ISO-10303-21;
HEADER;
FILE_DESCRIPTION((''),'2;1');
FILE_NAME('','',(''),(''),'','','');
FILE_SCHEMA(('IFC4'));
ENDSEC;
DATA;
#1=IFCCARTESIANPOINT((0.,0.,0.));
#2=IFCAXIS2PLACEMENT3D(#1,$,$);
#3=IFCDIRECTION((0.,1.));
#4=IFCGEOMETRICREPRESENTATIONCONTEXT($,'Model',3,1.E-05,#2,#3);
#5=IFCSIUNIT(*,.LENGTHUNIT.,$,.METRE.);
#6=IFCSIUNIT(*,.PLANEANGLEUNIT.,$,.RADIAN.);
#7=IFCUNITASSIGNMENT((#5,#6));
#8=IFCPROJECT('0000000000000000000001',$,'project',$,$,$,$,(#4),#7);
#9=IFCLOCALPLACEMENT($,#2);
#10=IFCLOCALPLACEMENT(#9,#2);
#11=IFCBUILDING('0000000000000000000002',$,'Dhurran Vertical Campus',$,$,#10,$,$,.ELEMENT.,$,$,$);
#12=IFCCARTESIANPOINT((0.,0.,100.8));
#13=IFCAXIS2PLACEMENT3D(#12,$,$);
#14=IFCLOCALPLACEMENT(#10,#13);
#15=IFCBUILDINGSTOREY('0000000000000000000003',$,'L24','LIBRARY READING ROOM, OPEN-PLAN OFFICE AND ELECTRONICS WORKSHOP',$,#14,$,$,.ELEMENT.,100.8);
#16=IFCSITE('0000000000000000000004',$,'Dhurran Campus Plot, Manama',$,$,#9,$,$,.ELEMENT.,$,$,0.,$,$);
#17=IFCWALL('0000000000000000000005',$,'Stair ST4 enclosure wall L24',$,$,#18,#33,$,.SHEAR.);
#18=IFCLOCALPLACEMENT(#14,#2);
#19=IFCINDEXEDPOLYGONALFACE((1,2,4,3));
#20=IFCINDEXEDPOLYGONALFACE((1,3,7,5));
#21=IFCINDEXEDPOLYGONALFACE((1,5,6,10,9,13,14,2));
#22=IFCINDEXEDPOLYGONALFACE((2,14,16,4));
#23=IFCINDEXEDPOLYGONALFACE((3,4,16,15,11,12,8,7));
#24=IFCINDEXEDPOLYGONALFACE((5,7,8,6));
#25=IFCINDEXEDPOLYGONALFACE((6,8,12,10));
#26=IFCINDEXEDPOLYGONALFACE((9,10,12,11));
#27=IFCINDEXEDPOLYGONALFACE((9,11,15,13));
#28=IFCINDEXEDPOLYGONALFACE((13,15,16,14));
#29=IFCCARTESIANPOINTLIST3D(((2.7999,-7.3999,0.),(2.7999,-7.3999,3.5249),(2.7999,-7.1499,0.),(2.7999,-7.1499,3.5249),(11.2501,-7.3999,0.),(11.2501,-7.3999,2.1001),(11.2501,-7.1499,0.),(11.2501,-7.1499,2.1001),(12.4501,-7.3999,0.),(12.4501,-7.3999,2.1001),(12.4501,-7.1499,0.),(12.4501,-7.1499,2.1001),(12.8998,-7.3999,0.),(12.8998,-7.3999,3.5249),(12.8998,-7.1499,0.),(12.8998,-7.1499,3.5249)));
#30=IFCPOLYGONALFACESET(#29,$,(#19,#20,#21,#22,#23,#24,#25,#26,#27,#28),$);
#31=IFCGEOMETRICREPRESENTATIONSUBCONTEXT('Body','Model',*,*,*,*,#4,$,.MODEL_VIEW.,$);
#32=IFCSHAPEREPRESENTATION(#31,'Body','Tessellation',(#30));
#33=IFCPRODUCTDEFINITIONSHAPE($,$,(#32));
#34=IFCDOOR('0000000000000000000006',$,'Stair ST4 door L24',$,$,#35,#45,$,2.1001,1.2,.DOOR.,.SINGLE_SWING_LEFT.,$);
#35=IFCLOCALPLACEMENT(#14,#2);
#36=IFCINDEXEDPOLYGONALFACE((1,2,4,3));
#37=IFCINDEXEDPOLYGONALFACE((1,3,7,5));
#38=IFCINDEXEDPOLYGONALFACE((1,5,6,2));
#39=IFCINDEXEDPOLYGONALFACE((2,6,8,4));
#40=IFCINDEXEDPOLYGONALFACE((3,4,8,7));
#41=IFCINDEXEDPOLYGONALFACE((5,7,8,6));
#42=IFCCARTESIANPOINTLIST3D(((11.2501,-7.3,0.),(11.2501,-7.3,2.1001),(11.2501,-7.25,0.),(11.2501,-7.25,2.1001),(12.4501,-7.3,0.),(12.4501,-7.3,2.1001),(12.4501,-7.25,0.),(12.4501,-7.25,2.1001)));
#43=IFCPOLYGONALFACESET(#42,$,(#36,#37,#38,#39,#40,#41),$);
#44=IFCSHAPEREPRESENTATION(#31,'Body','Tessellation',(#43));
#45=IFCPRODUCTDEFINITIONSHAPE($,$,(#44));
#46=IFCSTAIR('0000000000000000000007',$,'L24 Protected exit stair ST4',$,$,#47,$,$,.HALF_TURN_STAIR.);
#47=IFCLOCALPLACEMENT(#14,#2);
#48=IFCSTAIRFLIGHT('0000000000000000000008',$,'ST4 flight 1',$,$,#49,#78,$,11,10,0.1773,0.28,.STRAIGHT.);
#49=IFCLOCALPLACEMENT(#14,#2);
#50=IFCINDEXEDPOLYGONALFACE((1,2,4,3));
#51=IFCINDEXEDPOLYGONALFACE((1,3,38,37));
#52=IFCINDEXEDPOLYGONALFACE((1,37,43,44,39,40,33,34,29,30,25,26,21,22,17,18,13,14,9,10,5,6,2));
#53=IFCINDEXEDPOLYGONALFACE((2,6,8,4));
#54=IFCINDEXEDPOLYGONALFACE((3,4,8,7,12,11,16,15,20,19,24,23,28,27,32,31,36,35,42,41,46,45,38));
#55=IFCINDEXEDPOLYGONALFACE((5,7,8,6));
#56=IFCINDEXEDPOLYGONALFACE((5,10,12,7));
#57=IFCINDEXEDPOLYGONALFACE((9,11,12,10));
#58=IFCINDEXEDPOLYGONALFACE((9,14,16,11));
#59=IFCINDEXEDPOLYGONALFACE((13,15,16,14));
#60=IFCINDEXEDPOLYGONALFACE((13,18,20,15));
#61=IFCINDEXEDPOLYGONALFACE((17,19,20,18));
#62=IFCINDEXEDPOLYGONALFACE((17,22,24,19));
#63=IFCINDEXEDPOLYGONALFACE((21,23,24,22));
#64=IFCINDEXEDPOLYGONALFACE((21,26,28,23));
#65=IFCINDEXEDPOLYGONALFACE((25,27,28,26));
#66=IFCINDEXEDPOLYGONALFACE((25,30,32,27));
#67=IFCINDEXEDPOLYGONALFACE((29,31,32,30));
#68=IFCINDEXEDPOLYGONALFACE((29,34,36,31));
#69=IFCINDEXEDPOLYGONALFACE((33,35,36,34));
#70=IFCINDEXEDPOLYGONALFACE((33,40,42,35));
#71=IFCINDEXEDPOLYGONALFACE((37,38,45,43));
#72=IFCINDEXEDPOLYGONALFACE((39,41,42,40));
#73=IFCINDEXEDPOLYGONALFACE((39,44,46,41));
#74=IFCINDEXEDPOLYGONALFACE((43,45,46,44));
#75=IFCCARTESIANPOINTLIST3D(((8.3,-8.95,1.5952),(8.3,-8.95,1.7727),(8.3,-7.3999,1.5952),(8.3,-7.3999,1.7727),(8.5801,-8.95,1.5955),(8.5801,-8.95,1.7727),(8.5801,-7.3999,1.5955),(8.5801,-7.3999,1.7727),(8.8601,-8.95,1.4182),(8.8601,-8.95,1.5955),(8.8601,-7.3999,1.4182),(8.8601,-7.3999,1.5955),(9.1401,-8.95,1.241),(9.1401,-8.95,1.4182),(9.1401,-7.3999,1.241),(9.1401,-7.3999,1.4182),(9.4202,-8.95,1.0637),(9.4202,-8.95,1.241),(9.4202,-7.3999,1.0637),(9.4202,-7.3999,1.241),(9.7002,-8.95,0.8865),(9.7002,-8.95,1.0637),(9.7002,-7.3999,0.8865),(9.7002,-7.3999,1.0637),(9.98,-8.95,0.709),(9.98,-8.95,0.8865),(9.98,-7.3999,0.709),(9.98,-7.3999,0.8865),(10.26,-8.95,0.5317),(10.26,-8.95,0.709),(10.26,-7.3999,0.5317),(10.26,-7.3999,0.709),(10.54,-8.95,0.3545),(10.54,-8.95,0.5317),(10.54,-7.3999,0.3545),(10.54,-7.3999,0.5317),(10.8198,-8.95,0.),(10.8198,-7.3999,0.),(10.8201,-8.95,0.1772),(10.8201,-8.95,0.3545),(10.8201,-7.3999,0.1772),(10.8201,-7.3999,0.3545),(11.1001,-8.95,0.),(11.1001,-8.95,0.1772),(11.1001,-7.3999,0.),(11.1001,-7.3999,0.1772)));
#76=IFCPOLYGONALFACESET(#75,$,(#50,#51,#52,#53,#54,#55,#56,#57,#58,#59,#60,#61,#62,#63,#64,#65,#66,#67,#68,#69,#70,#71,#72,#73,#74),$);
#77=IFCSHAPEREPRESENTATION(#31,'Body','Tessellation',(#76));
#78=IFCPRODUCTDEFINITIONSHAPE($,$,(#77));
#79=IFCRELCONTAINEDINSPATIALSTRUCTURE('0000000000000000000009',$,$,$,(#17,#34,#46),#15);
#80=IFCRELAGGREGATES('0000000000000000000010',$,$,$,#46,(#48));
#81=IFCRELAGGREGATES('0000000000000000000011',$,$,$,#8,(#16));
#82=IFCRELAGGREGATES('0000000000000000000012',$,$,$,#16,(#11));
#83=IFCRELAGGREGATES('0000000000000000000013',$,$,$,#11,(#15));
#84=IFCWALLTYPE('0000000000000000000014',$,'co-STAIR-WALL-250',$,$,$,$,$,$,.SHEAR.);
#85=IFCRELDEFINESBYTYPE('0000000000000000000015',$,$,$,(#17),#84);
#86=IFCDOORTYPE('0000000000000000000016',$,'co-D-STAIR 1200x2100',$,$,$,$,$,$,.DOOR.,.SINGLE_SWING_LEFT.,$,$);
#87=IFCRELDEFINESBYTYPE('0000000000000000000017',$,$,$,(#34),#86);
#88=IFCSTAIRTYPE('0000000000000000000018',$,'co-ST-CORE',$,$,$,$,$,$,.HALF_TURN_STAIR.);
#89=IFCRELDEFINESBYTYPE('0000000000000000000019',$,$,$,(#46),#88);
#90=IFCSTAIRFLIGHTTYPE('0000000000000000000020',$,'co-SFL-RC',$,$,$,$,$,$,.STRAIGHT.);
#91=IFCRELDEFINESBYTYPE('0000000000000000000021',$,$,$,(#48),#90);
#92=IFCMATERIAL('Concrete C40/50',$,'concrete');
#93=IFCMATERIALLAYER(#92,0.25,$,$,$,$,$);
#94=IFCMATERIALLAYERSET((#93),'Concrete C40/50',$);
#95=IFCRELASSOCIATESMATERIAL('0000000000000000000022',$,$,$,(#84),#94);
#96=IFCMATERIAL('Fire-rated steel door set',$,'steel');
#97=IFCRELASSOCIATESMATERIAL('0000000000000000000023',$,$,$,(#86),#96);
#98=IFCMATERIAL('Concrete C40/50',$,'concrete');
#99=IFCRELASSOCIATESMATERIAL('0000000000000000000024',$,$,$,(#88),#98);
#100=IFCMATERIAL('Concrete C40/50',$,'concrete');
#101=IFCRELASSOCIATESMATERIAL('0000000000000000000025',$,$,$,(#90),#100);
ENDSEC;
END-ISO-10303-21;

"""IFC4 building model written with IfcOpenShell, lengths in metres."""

from ifc_helpers import new_model, si_unit, direction, frame, frame_2d, origin, place, context, subcontext, project, spatial, polyline, rectangle, outline, extrude, material, layer, layer_set, type_object, element, fill, aggregate, save


model = new_model("IFC4")

# Units and contexts
model_context = context("Model", 3, precision=1e-05, world=origin(), true_north=direction((0.0, 1.0)))
body_context = subcontext(model_context, "Body", "Model", "MODEL_VIEW")
ifc_project = project(units=[si_unit("LENGTHUNIT", "METRE"), si_unit("PLANEANGLEUNIT", "RADIAN")], contexts=[model_context])

# Site, building, storey
site_placement = place(None, origin())
site = spatial("IfcSite", under=ifc_project, at=site_placement, Name="Dhurran Campus Plot, Manama", CompositionType="ELEMENT", RefElevation=0.0)
building_placement = place(site_placement, origin())
building = spatial("IfcBuilding", under=site, at=building_placement, Name="Dhurran Vertical Campus", CompositionType="ELEMENT")
storey_placement = place(building_placement, frame((0.0, 0.0, 100.8)))
storey = spatial("IfcBuildingStorey", under=building, at=storey_placement, Name="L24", Description="LIBRARY READING ROOM, OPEN-PLAN OFFICE AND ELECTRONICS WORKSHOP", CompositionType="ELEMENT", Elevation=100.8)

# Wall, opening, door
ifc_material_1 = material(Name="Concrete C40/50", Category="concrete")
ifc_layer_1 = layer(ifc_material_1, 0.25)
ifc_layer_set_1 = layer_set([ifc_layer_1], Name="Concrete C40/50")
wall_type_1 = type_object("IfcWallType", Name="co-STAIR-WALL-250", PredefinedType="SHEAR", material=ifc_layer_set_1)
wall_1_placement = place(storey_placement, frame((2.8, -7.2749, 0.0), z_axis=(0.0, 0.0, 1.0), x_axis=(1.0, 0.0, 0.0)))
wall_1 = element("IfcWall", 1, at=wall_1_placement, inside=storey, type_object=wall_type_1, Name="Stair ST4 enclosure wall L24", PredefinedType="SHEAR", context=body_context, shape_type="SweptSolid", body=[
    extrude(rectangle(XDim=10.0999, YDim=0.25, at=frame_2d((5.0498, 0.0))), origin(), (0.0, 0.0, 1.0), 3.5249),
])
opening_1_placement = place(wall_1_placement, frame((8.45, 0.0, 0.0)))
opening_1 = element("IfcOpeningElement", 2, at=opening_1_placement, cuts=wall_1, PredefinedType="OPENING", context=body_context, shape_type="SweptSolid", body=[
    extrude(rectangle(XDim=1.2, YDim=2.1001, at=frame_2d((0.6001, 1.05))), frame((0.0, 0.135, 0.0), z_axis=(0.0, -1.0, 0.0), x_axis=(1.0, 0.0, 0.0)), (0.0, 0.0, 1.0), 0.27),
])
ifc_material_2 = material(Name="Fire-rated steel door set", Category="steel")
door_type_1 = type_object("IfcDoorType", Name="co-D-STAIR 1200x2100", OperationType="SINGLE_SWING_LEFT", PredefinedType="DOOR", material=ifc_material_2)
door_1_placement = place(opening_1_placement, origin())
door_1 = element("IfcDoor", 3, at=door_1_placement, inside=storey, type_object=door_type_1, Name="Stair ST4 door L24", OperationType="SINGLE_SWING_LEFT", OverallHeight=2.1001, OverallWidth=1.2, PredefinedType="DOOR", context=body_context, shape_type="SweptSolid", body=[
    extrude(rectangle(XDim=1.2, YDim=2.1001, at=frame_2d((0.6001, 1.05))), frame((0.0, 0.0249, 0.0), z_axis=(0.0, -1.0, 0.0), x_axis=(1.0, 0.0, 0.0)), (0.0, 0.0, 1.0), 0.05),
])
fill(opening_1, door_1)

# Stair, stair flight
ifc_material_3 = material(Name="Concrete C40/50", Category="concrete")
stair_type = type_object("IfcStairType", Name="co-ST-CORE", PredefinedType="HALF_TURN_STAIR", material=ifc_material_3)
stair_placement = place(storey_placement, origin())
stair = element("IfcStair", 4, at=stair_placement, inside=storey, type_object=stair_type, Name="L24 Protected exit stair ST4", PredefinedType="HALF_TURN_STAIR")
ifc_material_4 = material(Name="Concrete C40/50", Category="concrete")
stair_flight_type = type_object("IfcStairFlightType", Name="co-SFL-RC", PredefinedType="STRAIGHT", material=ifc_material_4)
stair_flight_placement = place(storey_placement, frame((11.1001, -8.175, 0.0), z_axis=(0.0, 0.0, 1.0), x_axis=(-1.0, 0.0, 0.0)))
stair_flight = element("IfcStairFlight", 5, at=stair_flight_placement, type_object=stair_flight_type, Name="ST4 flight 1", NumberOfRisers=11, NumberOfTreads=10, PredefinedType="STRAIGHT", RiserHeight=0.1773, TreadLength=0.28, context=body_context, shape_type="SweptSolid", body=[
    extrude(outline(polyline([(0.0, 0.0), (0.0, 0.1772), (0.28, 0.1772), (0.28, 0.3545), (0.5601, 0.3545), (0.5601, 0.5317), (0.8401, 0.5317), (0.8401, 0.709), (1.1201, 0.709), (1.1201, 0.8865), (1.3999, 0.8865), (1.3999, 1.0637), (1.6799, 1.0637), (1.6799, 1.241), (1.96, 1.241), (1.96, 1.4182), (2.24, 1.4182), (2.24, 1.5955), (2.52, 1.5955), (2.52, 1.7727), (2.8, 1.7727), (2.8, 1.95), (2.8, 1.5952), (0.2803, 0.0), (0.0, 0.0)])), frame((0.0, 0.7749, 0.0), z_axis=(0.0, -1.0, 0.0), x_axis=(1.0, 0.0, 0.0)), (0.0, 0.0, 1.0), 1.55),
])
aggregate(stair, [stair_flight])

save(model, "model.ifc")
